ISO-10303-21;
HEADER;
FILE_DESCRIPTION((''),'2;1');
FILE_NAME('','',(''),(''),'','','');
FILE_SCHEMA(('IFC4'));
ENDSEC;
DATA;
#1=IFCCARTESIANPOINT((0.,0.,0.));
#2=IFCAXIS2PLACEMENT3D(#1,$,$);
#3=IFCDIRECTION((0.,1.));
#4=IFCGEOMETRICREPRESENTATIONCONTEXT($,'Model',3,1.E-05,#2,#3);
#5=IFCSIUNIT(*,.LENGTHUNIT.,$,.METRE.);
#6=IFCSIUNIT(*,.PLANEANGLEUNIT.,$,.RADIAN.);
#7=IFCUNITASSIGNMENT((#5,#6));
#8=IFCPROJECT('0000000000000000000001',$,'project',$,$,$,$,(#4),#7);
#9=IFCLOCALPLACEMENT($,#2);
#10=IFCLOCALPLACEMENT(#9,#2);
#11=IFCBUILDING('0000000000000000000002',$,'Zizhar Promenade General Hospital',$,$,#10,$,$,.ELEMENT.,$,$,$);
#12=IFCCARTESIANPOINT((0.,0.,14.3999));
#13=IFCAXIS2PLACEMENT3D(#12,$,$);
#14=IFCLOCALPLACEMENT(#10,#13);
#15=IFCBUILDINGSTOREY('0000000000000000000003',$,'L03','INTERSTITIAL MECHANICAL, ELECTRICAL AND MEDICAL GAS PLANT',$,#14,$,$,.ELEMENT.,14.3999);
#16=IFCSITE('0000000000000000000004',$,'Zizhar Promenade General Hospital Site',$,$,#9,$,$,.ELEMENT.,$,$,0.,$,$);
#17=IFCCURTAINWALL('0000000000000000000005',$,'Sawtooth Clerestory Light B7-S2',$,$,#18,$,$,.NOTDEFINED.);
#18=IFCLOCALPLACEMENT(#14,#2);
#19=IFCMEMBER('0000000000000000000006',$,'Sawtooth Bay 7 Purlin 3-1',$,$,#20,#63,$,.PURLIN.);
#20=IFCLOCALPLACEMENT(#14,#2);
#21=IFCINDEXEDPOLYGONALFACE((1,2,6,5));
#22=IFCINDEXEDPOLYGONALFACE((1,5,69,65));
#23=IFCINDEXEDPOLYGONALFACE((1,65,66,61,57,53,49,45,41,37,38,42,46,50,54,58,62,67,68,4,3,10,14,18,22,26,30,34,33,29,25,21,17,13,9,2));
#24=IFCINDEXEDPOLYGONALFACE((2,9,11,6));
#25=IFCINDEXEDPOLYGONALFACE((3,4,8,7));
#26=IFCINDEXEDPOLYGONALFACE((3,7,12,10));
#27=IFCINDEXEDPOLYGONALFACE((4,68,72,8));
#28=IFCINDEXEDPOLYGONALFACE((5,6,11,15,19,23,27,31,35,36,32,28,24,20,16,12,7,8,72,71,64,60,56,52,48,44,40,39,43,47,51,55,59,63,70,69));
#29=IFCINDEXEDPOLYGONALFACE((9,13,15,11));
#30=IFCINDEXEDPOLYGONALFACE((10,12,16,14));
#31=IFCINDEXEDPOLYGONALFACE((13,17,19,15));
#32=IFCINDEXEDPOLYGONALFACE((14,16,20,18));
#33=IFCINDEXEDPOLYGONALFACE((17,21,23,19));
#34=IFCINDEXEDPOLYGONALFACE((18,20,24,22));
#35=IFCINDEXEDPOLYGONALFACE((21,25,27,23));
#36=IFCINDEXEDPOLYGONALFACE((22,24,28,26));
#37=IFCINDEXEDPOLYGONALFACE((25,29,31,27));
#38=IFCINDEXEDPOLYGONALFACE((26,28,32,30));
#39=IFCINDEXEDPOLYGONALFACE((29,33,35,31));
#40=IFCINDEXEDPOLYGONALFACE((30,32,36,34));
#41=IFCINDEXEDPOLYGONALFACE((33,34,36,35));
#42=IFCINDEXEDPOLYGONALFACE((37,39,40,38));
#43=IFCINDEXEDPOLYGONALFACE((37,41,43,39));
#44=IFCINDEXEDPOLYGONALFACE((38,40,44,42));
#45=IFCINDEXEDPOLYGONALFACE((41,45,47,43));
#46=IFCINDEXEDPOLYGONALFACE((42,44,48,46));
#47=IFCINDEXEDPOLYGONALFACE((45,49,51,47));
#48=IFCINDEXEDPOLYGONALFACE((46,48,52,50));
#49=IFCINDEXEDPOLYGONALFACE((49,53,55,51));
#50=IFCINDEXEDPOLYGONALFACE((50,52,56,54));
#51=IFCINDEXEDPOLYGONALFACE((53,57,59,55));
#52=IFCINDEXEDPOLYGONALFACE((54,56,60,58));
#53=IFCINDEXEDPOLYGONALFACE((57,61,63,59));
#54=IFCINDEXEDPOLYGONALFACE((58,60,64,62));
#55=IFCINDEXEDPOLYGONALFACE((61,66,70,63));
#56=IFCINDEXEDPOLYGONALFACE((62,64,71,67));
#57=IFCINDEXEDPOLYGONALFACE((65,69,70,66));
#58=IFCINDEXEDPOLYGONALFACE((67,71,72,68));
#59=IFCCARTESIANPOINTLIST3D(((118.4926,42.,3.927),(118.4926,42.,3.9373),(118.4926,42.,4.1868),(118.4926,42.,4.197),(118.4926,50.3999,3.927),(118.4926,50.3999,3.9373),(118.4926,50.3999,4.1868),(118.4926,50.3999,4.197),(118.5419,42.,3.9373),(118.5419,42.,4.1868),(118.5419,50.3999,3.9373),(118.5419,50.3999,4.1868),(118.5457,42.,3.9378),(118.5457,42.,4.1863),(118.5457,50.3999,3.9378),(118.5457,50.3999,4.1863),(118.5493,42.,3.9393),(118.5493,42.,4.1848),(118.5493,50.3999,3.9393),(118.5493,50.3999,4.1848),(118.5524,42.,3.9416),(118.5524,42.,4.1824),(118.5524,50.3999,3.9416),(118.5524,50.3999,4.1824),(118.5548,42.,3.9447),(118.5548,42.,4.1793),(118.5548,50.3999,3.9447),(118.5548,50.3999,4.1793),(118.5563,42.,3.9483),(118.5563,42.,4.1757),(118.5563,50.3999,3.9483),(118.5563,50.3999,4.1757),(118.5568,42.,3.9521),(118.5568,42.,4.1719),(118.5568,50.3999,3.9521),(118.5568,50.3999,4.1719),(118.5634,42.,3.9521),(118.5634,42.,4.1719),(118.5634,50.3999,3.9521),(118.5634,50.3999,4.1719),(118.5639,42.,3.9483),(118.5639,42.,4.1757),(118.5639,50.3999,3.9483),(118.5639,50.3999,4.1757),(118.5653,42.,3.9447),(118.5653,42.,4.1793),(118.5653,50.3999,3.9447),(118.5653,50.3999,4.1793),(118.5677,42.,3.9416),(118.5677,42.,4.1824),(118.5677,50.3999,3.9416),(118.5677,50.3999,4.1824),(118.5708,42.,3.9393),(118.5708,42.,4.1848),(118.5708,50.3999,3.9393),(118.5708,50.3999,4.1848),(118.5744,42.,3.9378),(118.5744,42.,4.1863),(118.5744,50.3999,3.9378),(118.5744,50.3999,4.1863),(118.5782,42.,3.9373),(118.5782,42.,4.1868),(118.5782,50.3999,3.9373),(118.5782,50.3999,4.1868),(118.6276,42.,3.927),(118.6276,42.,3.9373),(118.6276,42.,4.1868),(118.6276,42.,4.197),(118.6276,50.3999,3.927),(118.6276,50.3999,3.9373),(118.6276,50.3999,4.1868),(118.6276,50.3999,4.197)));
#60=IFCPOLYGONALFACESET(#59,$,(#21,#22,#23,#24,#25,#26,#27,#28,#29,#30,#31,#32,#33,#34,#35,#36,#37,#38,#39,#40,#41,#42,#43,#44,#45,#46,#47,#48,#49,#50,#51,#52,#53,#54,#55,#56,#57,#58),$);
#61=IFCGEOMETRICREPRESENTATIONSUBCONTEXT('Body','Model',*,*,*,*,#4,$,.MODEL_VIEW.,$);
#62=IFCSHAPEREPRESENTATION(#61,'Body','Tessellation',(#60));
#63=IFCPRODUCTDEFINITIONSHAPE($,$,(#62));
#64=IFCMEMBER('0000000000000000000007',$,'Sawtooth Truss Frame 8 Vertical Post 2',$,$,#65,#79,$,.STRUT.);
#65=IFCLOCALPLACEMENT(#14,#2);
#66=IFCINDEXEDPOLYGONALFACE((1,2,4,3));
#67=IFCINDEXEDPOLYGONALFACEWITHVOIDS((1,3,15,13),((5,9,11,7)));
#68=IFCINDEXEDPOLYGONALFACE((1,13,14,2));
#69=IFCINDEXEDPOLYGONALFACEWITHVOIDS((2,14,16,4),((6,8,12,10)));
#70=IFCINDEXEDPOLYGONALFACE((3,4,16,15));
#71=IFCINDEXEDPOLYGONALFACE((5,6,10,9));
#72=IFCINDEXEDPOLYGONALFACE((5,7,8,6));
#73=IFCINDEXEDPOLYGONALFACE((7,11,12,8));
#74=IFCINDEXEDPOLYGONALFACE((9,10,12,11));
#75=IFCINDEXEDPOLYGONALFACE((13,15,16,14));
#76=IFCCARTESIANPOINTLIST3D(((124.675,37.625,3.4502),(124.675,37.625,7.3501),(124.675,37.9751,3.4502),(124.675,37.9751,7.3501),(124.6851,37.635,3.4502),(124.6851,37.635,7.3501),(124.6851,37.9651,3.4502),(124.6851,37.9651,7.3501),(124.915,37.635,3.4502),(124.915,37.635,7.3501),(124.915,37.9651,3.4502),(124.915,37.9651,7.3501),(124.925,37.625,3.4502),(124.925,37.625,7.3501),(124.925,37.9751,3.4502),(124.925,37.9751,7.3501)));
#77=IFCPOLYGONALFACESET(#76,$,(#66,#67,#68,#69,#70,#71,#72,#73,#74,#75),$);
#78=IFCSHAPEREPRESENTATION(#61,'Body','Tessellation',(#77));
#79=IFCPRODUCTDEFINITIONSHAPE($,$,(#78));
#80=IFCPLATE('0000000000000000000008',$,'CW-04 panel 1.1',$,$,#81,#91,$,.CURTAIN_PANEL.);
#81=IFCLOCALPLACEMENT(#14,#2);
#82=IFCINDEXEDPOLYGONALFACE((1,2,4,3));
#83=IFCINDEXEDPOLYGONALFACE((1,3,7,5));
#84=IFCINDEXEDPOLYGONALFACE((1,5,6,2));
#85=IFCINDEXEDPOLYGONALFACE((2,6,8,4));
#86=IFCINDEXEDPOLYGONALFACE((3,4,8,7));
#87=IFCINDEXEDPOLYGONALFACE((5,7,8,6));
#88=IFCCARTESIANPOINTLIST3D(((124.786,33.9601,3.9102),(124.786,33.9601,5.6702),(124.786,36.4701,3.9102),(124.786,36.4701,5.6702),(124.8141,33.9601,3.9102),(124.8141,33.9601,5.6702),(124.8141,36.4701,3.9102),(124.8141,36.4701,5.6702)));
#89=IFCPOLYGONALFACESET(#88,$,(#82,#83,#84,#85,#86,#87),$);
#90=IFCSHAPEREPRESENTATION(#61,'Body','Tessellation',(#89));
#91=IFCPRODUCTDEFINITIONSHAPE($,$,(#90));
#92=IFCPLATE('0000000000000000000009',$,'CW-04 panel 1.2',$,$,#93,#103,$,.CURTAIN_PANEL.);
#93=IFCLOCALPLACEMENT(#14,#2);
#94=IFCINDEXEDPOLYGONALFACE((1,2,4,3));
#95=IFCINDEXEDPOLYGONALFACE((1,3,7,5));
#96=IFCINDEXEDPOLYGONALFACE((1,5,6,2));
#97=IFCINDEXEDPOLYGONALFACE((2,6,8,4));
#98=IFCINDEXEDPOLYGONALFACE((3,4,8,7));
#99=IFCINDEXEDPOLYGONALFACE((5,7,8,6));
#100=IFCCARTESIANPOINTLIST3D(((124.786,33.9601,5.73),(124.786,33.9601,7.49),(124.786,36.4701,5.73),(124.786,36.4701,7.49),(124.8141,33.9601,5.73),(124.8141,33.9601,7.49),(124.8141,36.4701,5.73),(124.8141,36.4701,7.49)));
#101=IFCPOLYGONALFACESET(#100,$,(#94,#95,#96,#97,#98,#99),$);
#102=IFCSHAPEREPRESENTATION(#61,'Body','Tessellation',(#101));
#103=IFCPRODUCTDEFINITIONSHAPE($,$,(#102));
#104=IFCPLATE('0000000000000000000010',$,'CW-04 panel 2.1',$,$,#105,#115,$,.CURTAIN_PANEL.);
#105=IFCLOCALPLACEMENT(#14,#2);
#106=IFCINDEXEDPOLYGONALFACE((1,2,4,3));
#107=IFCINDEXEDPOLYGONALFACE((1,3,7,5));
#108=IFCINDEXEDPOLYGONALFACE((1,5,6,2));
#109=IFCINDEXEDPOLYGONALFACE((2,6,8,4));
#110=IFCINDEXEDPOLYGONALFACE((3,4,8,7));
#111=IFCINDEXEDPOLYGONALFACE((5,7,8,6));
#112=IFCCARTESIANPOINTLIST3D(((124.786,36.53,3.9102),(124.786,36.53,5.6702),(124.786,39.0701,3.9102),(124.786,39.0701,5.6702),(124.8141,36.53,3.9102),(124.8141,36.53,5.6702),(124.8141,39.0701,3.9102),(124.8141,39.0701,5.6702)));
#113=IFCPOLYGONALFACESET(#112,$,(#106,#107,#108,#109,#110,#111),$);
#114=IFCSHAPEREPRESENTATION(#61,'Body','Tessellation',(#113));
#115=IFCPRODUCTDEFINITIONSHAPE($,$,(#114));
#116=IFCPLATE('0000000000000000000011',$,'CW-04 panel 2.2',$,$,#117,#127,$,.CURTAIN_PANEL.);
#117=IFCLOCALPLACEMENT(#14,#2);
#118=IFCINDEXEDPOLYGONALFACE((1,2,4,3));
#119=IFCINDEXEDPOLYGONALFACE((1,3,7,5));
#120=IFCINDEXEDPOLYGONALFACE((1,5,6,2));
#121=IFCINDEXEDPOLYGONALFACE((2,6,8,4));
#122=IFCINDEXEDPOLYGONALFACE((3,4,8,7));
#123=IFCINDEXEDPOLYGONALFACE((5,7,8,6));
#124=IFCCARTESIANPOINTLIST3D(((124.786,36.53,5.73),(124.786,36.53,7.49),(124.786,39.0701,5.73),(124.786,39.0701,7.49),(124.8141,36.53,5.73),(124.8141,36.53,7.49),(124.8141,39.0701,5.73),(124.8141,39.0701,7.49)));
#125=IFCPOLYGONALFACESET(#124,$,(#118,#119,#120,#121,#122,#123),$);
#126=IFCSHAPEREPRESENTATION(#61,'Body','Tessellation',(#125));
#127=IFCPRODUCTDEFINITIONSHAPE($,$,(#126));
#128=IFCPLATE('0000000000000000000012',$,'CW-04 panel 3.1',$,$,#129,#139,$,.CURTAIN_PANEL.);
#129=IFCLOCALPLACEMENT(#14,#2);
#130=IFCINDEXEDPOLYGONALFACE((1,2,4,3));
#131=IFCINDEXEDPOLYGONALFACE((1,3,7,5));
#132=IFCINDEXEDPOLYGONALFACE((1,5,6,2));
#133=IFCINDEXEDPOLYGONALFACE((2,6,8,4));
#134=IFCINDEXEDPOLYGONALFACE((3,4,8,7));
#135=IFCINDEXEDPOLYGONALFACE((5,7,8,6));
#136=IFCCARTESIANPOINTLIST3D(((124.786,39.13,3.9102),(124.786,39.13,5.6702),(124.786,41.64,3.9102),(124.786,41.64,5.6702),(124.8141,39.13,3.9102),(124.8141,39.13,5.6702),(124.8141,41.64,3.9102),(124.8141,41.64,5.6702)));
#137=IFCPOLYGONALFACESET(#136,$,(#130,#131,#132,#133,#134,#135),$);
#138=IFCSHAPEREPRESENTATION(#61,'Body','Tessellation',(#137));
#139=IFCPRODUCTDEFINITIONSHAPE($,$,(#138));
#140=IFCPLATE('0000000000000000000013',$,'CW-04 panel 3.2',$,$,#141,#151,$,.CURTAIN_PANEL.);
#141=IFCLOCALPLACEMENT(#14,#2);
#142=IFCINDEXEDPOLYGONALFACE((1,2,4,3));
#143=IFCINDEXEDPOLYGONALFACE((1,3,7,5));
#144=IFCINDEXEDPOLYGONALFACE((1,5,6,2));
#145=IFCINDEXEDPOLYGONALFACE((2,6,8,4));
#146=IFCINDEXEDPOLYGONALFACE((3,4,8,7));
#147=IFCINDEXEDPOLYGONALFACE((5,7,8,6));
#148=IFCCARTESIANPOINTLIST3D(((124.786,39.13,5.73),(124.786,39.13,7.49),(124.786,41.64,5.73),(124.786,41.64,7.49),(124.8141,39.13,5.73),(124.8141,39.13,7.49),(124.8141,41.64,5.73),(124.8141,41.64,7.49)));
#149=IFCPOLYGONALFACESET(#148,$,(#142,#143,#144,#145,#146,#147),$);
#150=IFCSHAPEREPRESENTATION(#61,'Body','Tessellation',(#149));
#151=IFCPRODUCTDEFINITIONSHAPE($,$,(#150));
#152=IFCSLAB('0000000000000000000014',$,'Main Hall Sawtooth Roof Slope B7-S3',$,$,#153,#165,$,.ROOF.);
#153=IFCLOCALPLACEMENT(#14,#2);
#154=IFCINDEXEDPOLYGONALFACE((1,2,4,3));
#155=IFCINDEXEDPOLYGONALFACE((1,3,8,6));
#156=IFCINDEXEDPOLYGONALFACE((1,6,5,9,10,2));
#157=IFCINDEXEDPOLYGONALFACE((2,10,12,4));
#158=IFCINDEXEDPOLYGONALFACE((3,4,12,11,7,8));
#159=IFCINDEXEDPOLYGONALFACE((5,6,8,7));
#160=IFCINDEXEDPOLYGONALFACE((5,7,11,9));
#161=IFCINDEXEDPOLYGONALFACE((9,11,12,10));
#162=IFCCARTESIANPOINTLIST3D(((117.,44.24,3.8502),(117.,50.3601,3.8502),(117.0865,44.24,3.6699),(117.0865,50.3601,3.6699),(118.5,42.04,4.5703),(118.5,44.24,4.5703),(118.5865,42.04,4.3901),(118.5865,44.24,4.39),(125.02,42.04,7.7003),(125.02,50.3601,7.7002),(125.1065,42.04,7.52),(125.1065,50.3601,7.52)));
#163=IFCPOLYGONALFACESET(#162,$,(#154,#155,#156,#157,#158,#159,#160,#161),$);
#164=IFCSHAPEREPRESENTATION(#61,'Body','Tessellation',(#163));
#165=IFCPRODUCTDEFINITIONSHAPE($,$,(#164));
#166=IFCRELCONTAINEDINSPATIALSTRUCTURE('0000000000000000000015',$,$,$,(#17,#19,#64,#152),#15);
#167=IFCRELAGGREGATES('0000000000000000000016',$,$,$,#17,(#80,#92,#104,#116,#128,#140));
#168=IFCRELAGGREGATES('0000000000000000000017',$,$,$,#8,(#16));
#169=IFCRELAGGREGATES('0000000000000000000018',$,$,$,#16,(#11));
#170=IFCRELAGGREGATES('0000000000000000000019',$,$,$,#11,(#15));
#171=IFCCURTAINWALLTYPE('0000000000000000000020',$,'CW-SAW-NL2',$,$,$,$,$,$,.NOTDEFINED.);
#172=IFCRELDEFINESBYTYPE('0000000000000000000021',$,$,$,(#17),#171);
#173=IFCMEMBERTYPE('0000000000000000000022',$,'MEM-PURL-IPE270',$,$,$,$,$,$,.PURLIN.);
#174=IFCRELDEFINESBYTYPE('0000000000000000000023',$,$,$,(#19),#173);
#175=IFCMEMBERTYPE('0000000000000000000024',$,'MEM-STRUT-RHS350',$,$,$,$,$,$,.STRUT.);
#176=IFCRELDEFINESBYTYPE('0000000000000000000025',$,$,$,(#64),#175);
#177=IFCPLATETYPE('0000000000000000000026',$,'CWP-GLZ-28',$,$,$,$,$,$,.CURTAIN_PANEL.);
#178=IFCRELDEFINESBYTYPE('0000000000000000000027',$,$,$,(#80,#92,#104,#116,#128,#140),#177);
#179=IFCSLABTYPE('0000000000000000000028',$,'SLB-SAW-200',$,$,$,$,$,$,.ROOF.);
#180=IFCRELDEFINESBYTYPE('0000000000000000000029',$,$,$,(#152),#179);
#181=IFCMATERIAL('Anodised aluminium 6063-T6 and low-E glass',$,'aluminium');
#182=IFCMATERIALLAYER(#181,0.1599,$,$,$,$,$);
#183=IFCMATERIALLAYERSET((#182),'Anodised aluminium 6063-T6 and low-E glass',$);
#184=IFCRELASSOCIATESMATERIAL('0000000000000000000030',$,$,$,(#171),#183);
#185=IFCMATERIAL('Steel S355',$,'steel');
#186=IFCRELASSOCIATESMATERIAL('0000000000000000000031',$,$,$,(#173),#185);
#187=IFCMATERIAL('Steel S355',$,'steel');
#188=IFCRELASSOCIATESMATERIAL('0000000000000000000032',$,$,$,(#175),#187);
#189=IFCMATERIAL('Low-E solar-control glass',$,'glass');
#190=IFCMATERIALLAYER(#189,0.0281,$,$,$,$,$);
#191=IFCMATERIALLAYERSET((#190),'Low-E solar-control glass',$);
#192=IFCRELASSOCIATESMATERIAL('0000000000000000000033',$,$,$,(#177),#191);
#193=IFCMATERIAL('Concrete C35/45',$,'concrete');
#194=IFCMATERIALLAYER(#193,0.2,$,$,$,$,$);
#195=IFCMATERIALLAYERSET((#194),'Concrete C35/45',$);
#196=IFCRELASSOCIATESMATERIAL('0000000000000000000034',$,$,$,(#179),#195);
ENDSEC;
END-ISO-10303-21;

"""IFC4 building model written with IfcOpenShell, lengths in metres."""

from ifc_helpers import new_model, si_unit, direction, frame, origin, origin_2d, place, context, subcontext, project, spatial, polyline, rectangle, hollow_rectangle, i_section, outline, extrude, material, layer, layer_set, material_profile, profile_set, type_object, element, aggregate, save


model = new_model("IFC4")

# Units and contexts
model_context = context("Model", 3, precision=1e-05, world=origin(), true_north=direction((0.0, 1.0)))
body_context = subcontext(model_context, "Body", "Model", "MODEL_VIEW")
ifc_project = project(units=[si_unit("LENGTHUNIT", "METRE"), si_unit("PLANEANGLEUNIT", "RADIAN")], contexts=[model_context])

# Site, building, storey
site_placement = place(None, origin())
site = spatial("IfcSite", under=ifc_project, at=site_placement, Name="Zizhar Promenade General Hospital Site", CompositionType="ELEMENT", RefElevation=0.0)
building_placement = place(site_placement, origin())
building = spatial("IfcBuilding", under=site, at=building_placement, Name="Zizhar Promenade General Hospital", CompositionType="ELEMENT")
storey_placement = place(building_placement, frame((0.0, 0.0, 14.3999)))
storey = spatial("IfcBuildingStorey", under=building, at=storey_placement, Name="L03", Description="INTERSTITIAL MECHANICAL, ELECTRICAL AND MEDICAL GAS PLANT", CompositionType="ELEMENT", Elevation=14.3999)

# Curtain wall
ifc_material_1 = material(Name="Anodised aluminium 6063-T6 and low-E glass", Category="aluminium")
ifc_layer_1 = layer(ifc_material_1, 0.1599)
ifc_layer_set_1 = layer_set([ifc_layer_1], Name="Anodised aluminium 6063-T6 and low-E glass")
curtain_wall_type = type_object("IfcCurtainWallType", Name="CW-SAW-NL2", PredefinedType="NOTDEFINED", material=ifc_layer_set_1)
curtain_wall_placement = place(storey_placement, origin())
curtain_wall = element("IfcCurtainWall", 1, at=curtain_wall_placement, inside=storey, type_object=curtain_wall_type, Name="Sawtooth Clerestory Light B7-S2", PredefinedType="NOTDEFINED")

# Members
ifc_material_2 = material(Name="Steel S355", Category="steel")
ifc_material_profile_1 = material_profile(ifc_material_2, i_section(OverallWidth=0.135, OverallDepth=0.27, WebThickness=0.0066, FlangeThickness=0.0103, FilletRadius=0.0149, at=origin_2d()))
ifc_profile_set_1 = profile_set([ifc_material_profile_1], Name="Steel S355")
member_type_1 = type_object("IfcMemberType", Name="MEM-PURL-IPE270", PredefinedType="PURLIN", material=ifc_profile_set_1)
member_1_placement = place(storey_placement, frame((118.5601, 42.0, 4.062), z_axis=(0.0, 1.0, 0.0), x_axis=(-1.0, 0.0, 0.0)))
element("IfcMember", 2, at=member_1_placement, inside=storey, type_object=member_type_1, Name="Sawtooth Bay 7 Purlin 3-1", PredefinedType="PURLIN", context=body_context, shape_type="SweptSolid", body=[
    extrude(i_section(OverallWidth=0.135, OverallDepth=0.27, WebThickness=0.0066, FlangeThickness=0.0103, FilletRadius=0.0149, at=origin_2d()), origin(), (0.0, 0.0, 1.0), 8.3999),
])
ifc_material_3 = material(Name="Steel S355", Category="steel")
ifc_material_profile_2 = material_profile(ifc_material_3, hollow_rectangle(XDim=0.25, YDim=0.3501, WallThickness=0.01, at=origin_2d()))
ifc_profile_set_2 = profile_set([ifc_material_profile_2], Name="Steel S355")
member_type_2 = type_object("IfcMemberType", Name="MEM-STRUT-RHS350", PredefinedType="STRUT", material=ifc_profile_set_2)
member_2_placement = place(storey_placement, frame((124.8, 37.8, 3.4502), z_axis=(0.0, 0.0, 1.0), x_axis=(1.0, 0.0, 0.0)))
element("IfcMember", 3, at=member_2_placement, inside=storey, type_object=member_type_2, Name="Sawtooth Truss Frame 8 Vertical Post 2", PredefinedType="STRUT", context=body_context, shape_type="SweptSolid", body=[
    extrude(hollow_rectangle(XDim=0.25, YDim=0.3501, WallThickness=0.01, at=origin_2d()), origin(), (0.0, 0.0, 1.0), 3.8999),
])

# Plates
ifc_material_4 = material(Name="Low-E solar-control glass", Category="glass")
ifc_layer_2 = layer(ifc_material_4, 0.0281)
ifc_layer_set_2 = layer_set([ifc_layer_2], Name="Low-E solar-control glass")
plate_type = type_object("IfcPlateType", Name="CWP-GLZ-28", PredefinedType="CURTAIN_PANEL", material=ifc_layer_set_2)
plate_1_placement = place(storey_placement, frame((124.8, 35.2151, 3.9102), z_axis=(0.0, 0.0, 1.0), x_axis=(0.0, 1.0, 0.0)))
plate_1 = element("IfcPlate", 4, at=plate_1_placement, type_object=plate_type, Name="CW-04 panel 1.1", PredefinedType="CURTAIN_PANEL", context=body_context, shape_type="SweptSolid", body=[
    extrude(rectangle(XDim=2.51, YDim=0.0281, at=origin_2d()), origin(), (0.0, 0.0, 1.0), 1.76),
])
plate_2_placement = place(storey_placement, frame((124.8, 35.2151, 5.73), z_axis=(0.0, 0.0, 1.0), x_axis=(0.0, 1.0, 0.0)))
plate_2 = element("IfcPlate", 5, at=plate_2_placement, type_object=plate_type, Name="CW-04 panel 1.2", PredefinedType="CURTAIN_PANEL", context=body_context, shape_type="SweptSolid", body=[
    extrude(rectangle(XDim=2.51, YDim=0.0281, at=origin_2d()), origin(), (0.0, 0.0, 1.0), 1.76),
])
plate_3_placement = place(storey_placement, frame((124.8, 37.8, 3.9102), z_axis=(0.0, 0.0, 1.0), x_axis=(0.0, 1.0, 0.0)))
plate_3 = element("IfcPlate", 6, at=plate_3_placement, type_object=plate_type, Name="CW-04 panel 2.1", PredefinedType="CURTAIN_PANEL", context=body_context, shape_type="SweptSolid", body=[
    extrude(rectangle(XDim=2.54, YDim=0.0281, at=origin_2d()), origin(), (0.0, 0.0, 1.0), 1.76),
])
plate_4_placement = place(storey_placement, frame((124.8, 37.8, 5.73), z_axis=(0.0, 0.0, 1.0), x_axis=(0.0, 1.0, 0.0)))
plate_4 = element("IfcPlate", 7, at=plate_4_placement, type_object=plate_type, Name="CW-04 panel 2.2", PredefinedType="CURTAIN_PANEL", context=body_context, shape_type="SweptSolid", body=[
    extrude(rectangle(XDim=2.54, YDim=0.0281, at=origin_2d()), origin(), (0.0, 0.0, 1.0), 1.76),
])
plate_5_placement = place(storey_placement, frame((124.8, 40.385, 3.9102), z_axis=(0.0, 0.0, 1.0), x_axis=(0.0, 1.0, 0.0)))
plate_5 = element("IfcPlate", 8, at=plate_5_placement, type_object=plate_type, Name="CW-04 panel 3.1", PredefinedType="CURTAIN_PANEL", context=body_context, shape_type="SweptSolid", body=[
    extrude(rectangle(XDim=2.51, YDim=0.0281, at=origin_2d()), origin(), (0.0, 0.0, 1.0), 1.76),
])
plate_6_placement = place(storey_placement, frame((124.8, 40.385, 5.73), z_axis=(0.0, 0.0, 1.0), x_axis=(0.0, 1.0, 0.0)))
plate_6 = element("IfcPlate", 9, at=plate_6_placement, type_object=plate_type, Name="CW-04 panel 3.2", PredefinedType="CURTAIN_PANEL", context=body_context, shape_type="SweptSolid", body=[
    extrude(rectangle(XDim=2.51, YDim=0.0281, at=origin_2d()), origin(), (0.0, 0.0, 1.0), 1.76),
])
aggregate(curtain_wall, [plate_1, plate_2, plate_3, plate_4, plate_5, plate_6])

# Slab
ifc_material_5 = material(Name="Concrete C35/45", Category="concrete")
ifc_layer_3 = layer(ifc_material_5, 0.2)
ifc_layer_set_3 = layer_set([ifc_layer_3], Name="Concrete C35/45")
slab_type = type_object("IfcSlabType", Name="SLB-SAW-200", PredefinedType="ROOF", material=ifc_layer_set_3)
slab_placement = place(storey_placement, frame((118.5, 42.04, 4.5703), z_axis=(-0.432773, 0.000007, 0.901503), x_axis=(0.901503, 0.0, 0.432773)))
element("IfcSlab", 10, at=slab_placement, inside=storey, type_object=slab_type, Name="Main Hall Sawtooth Roof Slope B7-S3", PredefinedType="ROOF", context=body_context, shape_type="SweptSolid", body=[
    extrude(outline(polyline([(0.0, 0.0), (7.2323, 0.0), (7.2323, 8.3201), (-1.6639, 8.3201), (-1.6639, 2.2), (0.0, 2.2), (0.0, 0.0)])), origin(), (0.0, 0.0, -1.0), 0.2),
])

save(model, "model.ifc")
